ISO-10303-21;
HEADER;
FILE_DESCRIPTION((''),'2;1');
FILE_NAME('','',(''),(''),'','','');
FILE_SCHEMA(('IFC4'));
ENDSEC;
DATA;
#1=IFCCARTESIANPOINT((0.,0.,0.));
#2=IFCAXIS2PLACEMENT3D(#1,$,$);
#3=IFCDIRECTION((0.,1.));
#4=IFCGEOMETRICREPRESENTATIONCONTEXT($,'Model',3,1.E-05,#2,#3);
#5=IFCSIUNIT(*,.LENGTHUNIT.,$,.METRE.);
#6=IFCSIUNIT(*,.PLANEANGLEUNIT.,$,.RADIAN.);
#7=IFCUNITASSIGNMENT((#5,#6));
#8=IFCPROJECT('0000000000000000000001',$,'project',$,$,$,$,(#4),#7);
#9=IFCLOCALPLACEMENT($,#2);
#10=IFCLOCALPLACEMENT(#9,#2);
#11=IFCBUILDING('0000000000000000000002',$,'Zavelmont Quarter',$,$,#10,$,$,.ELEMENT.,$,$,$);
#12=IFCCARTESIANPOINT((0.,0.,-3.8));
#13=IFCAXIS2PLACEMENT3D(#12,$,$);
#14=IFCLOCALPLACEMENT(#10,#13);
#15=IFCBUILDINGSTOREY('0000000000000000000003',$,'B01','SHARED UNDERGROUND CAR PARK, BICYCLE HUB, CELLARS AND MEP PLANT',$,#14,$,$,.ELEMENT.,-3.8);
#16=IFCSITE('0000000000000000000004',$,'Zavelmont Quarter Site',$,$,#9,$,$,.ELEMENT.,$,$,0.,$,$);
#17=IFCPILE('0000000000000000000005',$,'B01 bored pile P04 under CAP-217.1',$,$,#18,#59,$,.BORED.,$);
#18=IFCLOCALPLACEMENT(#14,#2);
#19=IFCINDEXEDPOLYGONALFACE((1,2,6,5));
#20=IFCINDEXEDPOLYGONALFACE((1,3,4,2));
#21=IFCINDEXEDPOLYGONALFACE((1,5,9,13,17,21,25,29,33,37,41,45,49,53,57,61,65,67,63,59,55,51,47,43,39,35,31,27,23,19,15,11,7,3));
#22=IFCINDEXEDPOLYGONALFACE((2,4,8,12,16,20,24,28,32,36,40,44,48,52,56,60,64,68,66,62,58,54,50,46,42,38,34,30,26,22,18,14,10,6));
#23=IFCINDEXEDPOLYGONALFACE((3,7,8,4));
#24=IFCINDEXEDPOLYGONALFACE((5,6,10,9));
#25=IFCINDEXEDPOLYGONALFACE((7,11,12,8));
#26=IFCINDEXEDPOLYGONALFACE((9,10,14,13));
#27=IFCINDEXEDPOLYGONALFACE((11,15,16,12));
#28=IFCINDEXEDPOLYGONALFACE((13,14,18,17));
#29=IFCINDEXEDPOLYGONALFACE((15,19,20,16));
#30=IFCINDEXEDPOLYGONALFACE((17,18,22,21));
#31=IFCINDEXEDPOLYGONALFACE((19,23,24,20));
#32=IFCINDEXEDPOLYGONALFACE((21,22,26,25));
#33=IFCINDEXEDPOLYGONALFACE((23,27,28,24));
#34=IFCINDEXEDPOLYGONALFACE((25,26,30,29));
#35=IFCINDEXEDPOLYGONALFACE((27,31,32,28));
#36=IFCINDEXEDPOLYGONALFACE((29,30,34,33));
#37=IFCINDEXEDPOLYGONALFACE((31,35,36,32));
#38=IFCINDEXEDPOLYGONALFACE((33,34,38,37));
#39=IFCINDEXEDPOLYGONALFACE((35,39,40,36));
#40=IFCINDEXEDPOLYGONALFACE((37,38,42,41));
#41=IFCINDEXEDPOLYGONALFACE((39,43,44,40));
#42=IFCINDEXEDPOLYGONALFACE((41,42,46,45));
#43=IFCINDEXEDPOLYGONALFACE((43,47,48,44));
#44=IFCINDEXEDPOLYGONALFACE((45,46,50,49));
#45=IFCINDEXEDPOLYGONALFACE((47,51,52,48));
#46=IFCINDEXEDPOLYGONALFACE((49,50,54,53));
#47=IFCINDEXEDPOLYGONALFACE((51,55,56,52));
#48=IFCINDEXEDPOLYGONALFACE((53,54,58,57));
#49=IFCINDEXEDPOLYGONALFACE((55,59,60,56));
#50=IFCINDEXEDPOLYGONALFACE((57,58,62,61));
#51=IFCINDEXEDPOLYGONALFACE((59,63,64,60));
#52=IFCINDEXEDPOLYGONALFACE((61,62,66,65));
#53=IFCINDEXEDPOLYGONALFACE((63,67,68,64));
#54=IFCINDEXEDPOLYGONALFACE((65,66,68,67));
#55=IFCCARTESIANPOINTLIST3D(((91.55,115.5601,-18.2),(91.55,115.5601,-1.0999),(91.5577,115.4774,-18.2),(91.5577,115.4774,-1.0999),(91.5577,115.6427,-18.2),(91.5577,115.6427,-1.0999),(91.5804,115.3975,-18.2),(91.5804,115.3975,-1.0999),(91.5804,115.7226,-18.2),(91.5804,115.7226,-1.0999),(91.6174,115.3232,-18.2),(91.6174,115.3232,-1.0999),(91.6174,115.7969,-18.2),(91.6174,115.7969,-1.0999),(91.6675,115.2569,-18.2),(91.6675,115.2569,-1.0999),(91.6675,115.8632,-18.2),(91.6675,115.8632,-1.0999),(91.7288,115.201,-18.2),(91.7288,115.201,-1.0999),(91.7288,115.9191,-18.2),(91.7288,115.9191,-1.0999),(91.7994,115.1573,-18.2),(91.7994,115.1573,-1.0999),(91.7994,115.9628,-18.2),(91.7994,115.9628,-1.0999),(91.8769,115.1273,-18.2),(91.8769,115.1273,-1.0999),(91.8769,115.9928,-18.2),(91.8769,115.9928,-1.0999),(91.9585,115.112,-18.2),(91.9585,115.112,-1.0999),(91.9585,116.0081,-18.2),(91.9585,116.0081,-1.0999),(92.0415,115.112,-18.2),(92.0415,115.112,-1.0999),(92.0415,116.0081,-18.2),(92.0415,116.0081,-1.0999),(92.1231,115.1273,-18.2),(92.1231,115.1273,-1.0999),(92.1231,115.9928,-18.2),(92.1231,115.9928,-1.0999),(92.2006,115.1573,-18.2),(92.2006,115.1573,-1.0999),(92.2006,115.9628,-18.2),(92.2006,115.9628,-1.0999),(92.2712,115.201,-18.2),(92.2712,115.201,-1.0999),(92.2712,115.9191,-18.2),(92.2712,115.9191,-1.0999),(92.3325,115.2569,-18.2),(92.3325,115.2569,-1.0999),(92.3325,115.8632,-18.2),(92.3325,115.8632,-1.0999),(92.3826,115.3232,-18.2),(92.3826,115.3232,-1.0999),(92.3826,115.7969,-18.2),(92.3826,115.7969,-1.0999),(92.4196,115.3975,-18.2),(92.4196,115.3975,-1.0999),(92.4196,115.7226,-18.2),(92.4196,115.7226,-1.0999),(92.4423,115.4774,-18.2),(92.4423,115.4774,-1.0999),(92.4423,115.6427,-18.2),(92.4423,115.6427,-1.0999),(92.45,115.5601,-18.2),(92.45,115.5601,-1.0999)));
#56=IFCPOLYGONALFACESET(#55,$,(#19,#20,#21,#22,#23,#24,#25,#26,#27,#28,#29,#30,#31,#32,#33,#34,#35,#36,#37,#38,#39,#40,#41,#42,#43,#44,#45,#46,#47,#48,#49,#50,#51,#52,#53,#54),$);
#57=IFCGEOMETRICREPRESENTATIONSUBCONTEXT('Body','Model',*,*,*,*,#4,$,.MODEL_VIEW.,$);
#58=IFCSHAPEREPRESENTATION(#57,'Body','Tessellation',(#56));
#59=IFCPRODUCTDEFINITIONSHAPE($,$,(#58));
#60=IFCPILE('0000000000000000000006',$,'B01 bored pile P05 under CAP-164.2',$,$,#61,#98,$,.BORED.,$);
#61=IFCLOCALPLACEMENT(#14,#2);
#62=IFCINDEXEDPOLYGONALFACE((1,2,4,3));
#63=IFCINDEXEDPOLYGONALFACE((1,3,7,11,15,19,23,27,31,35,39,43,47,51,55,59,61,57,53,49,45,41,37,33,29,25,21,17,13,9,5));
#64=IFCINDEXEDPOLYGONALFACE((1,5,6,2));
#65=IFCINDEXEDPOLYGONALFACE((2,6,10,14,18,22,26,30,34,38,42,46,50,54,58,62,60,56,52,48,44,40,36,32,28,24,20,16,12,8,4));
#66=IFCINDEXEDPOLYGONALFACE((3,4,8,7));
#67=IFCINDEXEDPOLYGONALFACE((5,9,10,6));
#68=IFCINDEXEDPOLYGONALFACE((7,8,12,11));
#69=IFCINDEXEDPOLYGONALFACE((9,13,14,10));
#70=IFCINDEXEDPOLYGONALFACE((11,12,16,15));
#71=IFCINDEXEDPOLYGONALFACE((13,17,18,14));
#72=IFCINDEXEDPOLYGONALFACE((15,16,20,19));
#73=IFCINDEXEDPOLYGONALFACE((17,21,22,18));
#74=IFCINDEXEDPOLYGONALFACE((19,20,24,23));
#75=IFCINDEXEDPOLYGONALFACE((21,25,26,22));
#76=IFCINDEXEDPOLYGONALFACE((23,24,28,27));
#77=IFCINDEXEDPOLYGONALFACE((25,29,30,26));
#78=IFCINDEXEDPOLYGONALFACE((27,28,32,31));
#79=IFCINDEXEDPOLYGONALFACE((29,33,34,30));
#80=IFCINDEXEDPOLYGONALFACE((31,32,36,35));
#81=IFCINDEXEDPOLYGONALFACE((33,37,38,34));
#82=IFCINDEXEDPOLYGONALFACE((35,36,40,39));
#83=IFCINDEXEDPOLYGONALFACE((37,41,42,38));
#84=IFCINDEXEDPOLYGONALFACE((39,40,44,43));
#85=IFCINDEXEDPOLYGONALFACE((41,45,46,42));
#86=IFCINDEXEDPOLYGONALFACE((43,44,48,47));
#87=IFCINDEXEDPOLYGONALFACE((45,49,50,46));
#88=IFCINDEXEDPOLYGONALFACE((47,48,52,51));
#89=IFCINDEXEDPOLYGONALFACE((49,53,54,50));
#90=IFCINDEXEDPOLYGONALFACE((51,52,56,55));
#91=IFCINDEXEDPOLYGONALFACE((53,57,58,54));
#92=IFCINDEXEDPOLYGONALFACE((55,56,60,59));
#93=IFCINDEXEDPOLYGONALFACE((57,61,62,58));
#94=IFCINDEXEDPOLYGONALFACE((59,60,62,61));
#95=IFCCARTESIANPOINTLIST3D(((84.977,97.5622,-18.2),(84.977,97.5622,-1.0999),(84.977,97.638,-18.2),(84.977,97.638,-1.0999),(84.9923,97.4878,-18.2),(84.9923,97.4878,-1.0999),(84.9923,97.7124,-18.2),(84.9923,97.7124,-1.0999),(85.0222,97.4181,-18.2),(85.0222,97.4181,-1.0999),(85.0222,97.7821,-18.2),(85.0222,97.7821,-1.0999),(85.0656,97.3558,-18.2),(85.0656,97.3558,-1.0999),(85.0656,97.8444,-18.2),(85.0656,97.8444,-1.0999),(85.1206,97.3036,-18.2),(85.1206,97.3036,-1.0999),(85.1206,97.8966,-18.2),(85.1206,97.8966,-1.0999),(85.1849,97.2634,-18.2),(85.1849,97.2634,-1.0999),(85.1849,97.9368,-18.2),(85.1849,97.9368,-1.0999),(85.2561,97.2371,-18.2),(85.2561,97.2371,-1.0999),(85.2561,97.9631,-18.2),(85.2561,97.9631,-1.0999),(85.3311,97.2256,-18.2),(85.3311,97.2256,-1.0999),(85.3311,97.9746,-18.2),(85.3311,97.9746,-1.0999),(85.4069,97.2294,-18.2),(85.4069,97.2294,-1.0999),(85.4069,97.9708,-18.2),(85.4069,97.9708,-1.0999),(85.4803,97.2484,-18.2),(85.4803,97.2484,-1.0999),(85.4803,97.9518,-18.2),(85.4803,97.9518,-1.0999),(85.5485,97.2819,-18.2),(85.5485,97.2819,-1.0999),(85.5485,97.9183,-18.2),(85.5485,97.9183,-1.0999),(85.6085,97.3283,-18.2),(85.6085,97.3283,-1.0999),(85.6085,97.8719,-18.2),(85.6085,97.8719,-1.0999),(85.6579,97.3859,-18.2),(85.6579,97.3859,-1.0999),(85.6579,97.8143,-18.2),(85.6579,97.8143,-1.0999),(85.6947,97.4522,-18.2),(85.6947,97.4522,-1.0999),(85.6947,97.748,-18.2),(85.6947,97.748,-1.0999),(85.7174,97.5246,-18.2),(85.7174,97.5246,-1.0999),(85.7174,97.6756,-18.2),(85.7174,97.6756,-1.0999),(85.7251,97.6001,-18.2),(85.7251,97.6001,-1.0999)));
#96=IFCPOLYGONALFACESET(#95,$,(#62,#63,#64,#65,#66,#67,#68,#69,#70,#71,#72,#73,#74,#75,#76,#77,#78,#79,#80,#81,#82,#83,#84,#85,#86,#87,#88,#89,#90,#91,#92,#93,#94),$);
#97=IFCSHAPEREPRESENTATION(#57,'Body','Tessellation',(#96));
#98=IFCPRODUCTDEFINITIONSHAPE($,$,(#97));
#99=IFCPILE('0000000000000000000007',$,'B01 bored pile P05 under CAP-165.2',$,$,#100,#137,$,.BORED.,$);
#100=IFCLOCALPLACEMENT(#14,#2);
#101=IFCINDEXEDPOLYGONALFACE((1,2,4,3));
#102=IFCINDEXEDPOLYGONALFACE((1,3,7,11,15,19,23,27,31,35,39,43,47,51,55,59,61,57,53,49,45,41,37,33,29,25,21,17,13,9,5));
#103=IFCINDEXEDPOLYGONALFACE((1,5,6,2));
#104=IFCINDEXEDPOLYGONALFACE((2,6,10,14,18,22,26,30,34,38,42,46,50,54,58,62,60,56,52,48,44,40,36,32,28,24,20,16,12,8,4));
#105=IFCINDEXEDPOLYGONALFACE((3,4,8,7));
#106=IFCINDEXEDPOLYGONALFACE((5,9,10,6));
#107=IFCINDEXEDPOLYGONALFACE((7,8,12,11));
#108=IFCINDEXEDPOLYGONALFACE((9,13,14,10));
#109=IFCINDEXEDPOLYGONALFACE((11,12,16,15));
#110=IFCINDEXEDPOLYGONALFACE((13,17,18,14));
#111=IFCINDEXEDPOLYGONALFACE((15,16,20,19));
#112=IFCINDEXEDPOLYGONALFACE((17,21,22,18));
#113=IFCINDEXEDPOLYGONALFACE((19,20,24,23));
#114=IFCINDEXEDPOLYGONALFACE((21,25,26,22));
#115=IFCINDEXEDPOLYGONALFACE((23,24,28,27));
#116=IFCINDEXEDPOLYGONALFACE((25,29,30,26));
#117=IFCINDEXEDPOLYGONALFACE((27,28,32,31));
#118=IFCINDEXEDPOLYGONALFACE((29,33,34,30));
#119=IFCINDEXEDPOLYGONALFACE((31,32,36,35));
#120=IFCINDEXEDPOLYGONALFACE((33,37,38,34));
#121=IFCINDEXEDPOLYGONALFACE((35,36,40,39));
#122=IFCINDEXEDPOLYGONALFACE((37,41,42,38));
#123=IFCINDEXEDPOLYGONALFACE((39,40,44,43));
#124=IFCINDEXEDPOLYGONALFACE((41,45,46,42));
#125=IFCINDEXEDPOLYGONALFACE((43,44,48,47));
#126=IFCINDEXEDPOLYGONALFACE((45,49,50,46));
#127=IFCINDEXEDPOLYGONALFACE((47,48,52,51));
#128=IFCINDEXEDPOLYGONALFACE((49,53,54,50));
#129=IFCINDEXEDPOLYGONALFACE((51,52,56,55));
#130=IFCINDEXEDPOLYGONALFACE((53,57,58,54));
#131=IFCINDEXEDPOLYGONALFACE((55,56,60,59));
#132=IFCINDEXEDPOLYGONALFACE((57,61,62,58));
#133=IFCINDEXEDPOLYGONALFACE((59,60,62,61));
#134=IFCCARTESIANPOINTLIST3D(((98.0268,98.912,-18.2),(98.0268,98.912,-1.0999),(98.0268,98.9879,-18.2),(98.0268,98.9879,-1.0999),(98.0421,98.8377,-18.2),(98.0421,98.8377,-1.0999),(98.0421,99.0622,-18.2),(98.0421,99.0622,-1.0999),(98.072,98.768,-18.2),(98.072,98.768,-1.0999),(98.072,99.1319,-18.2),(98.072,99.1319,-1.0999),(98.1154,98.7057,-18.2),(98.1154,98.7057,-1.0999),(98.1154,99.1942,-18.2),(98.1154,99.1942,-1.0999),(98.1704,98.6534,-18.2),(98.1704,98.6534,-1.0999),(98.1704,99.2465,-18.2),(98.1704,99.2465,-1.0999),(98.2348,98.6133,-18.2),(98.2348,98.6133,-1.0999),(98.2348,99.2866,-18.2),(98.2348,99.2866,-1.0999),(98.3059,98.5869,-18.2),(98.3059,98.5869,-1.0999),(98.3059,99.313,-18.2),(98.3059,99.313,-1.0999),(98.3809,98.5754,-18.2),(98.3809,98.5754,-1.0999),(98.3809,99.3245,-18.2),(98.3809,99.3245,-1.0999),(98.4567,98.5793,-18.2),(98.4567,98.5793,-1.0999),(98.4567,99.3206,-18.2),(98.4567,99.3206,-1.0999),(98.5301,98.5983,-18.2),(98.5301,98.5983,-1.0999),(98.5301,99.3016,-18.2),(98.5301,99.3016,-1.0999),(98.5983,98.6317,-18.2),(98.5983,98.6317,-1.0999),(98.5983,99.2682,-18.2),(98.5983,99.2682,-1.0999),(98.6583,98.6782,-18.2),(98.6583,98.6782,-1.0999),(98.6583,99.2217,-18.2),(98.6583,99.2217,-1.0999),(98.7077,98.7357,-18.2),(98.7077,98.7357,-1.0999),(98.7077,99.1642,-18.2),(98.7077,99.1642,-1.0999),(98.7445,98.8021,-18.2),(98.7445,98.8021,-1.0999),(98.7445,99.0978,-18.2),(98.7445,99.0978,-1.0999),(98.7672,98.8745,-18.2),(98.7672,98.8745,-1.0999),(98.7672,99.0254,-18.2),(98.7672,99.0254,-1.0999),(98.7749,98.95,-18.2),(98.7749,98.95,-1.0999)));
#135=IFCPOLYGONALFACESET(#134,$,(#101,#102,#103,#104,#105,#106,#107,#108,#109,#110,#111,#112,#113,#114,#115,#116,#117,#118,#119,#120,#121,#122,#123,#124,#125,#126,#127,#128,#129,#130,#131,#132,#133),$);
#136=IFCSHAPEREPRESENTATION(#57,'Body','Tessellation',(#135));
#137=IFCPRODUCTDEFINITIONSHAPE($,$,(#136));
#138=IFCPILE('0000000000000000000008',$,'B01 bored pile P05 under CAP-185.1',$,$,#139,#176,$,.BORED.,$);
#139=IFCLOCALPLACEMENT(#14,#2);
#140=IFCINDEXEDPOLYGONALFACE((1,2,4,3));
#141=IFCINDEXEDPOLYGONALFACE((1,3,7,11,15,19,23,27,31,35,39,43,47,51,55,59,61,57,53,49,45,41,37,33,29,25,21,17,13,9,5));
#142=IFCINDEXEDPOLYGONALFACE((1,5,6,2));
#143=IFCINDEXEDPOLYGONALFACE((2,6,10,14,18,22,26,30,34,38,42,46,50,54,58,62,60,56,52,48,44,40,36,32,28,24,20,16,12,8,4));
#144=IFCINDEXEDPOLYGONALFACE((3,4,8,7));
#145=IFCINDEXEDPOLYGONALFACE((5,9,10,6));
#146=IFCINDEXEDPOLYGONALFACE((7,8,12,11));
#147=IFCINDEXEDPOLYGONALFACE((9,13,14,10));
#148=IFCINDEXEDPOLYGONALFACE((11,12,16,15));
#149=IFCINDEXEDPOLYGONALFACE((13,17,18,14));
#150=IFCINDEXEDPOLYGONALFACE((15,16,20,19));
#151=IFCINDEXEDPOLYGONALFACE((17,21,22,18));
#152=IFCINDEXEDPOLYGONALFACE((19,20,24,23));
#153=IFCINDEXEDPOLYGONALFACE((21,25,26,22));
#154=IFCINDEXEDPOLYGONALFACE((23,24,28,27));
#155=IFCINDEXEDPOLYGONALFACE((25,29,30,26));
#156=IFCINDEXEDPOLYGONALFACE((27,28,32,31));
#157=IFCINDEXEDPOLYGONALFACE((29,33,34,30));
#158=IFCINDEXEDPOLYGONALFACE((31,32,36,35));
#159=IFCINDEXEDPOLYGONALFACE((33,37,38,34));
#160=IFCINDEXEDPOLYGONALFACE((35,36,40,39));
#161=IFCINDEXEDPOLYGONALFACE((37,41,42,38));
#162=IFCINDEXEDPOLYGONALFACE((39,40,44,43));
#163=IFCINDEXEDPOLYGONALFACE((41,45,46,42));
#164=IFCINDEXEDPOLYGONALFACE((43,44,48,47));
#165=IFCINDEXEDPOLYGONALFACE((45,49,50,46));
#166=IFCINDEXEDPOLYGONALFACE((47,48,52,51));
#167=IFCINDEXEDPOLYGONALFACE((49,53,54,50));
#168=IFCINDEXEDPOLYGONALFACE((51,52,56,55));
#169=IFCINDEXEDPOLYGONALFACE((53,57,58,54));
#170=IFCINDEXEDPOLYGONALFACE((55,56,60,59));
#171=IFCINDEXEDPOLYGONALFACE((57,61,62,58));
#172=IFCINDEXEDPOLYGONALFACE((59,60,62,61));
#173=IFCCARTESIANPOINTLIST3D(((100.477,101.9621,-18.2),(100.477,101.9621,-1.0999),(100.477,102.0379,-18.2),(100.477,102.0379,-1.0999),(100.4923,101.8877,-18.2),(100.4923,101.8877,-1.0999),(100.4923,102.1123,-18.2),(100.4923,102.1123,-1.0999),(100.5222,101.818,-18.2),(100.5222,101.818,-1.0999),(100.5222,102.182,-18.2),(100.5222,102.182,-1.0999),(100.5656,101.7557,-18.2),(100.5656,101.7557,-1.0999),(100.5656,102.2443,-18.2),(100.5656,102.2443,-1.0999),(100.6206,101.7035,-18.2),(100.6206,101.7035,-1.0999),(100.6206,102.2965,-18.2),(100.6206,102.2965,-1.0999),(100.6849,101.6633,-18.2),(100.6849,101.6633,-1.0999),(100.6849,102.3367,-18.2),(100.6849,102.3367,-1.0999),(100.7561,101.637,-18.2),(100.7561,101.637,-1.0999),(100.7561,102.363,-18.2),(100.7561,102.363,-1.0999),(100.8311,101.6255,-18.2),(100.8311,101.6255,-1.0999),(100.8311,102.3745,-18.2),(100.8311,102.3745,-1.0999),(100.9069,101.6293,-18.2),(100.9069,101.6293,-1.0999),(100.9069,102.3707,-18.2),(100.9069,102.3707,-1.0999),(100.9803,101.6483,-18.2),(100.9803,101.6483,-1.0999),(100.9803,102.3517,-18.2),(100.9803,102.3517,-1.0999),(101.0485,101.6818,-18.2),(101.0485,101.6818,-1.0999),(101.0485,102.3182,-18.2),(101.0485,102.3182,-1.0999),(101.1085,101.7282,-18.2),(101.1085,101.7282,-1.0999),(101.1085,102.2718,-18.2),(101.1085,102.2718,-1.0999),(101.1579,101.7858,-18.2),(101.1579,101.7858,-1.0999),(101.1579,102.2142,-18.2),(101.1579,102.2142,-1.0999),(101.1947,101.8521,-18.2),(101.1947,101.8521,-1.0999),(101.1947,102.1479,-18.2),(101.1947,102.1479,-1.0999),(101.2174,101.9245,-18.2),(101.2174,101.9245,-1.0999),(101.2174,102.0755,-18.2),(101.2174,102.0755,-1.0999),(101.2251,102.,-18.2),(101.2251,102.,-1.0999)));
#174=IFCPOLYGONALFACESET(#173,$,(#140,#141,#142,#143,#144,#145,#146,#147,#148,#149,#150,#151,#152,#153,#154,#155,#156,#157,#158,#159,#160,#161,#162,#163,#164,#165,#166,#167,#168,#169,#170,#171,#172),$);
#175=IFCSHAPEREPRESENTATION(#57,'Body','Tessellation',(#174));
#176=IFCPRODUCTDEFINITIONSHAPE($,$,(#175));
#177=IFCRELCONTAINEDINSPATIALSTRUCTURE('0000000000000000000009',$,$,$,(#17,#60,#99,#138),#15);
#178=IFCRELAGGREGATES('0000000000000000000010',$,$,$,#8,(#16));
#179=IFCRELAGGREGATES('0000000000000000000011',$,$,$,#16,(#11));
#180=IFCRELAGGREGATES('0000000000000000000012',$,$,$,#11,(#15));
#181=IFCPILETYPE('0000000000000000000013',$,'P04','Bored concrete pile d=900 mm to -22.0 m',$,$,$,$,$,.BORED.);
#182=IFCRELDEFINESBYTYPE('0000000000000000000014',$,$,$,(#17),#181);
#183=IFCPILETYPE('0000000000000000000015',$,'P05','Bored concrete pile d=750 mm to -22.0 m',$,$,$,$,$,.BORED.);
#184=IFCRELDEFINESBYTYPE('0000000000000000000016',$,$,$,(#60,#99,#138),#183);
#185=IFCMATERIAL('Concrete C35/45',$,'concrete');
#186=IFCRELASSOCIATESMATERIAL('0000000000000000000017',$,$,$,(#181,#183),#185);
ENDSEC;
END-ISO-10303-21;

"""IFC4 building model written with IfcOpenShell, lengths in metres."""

from ifc_helpers import new_model, si_unit, direction, frame, origin, origin_2d, place, context, subcontext, project, spatial, circle, extrude, material, material_profile, profile_set, type_object, element, save


model = new_model("IFC4")

# Units and contexts
model_context = context("Model", 3, precision=1e-05, world=origin(), true_north=direction((0.0, 1.0)))
body_context = subcontext(model_context, "Body", "Model", "MODEL_VIEW")
ifc_project = project(units=[si_unit("LENGTHUNIT", "METRE"), si_unit("PLANEANGLEUNIT", "RADIAN")], contexts=[model_context])

# Site, building, storey
site_placement = place(None, origin())
site = spatial("IfcSite", under=ifc_project, at=site_placement, Name="Zavelmont Quarter Site", CompositionType="ELEMENT", RefElevation=0.0)
building_placement = place(site_placement, origin())
building = spatial("IfcBuilding", under=site, at=building_placement, Name="Zavelmont Quarter", CompositionType="ELEMENT")
storey_placement = place(building_placement, frame((0.0, 0.0, -3.8)))
storey = spatial("IfcBuildingStorey", under=building, at=storey_placement, Name="B01", Description="SHARED UNDERGROUND CAR PARK, BICYCLE HUB, CELLARS AND MEP PLANT", CompositionType="ELEMENT", Elevation=-3.8)

# Shared definitions
ifc_material_1 = material(Name="Concrete C35/45", Category="concrete")

# Piles
ifc_material_profile_1 = material_profile(ifc_material_1, circle(Radius=0.45, at=origin_2d()), Name="BP900")
ifc_profile_set_1 = profile_set([ifc_material_profile_1], Name="Concrete C35/45")
pile_type_1 = type_object("IfcPileType", Name="P04", Description="Bored concrete pile d=900 mm to -22.0 m", PredefinedType="BORED", material=ifc_profile_set_1)
for number, where, z_axis, x_axis, name in (
    (1, (92.0, 115.5601, -1.0999), (0.0, 0.0, -1.0), (1.0, 0.0, 0.0), "B01 bored pile P04 under CAP-217.1"),
):
    element("IfcPile", number, at=place(storey_placement, frame(where, z_axis=z_axis, x_axis=x_axis)), inside=storey, type_object=pile_type_1, Name=name, PredefinedType="BORED", context=body_context, shape_type="SweptSolid", body=[
        extrude(circle(Radius=0.45, at=origin_2d()), origin(), (0.0, 0.0, 1.0), 17.1001),
    ])
ifc_material_profile_2 = material_profile(ifc_material_1, circle(Radius=0.375, at=origin_2d()), Name="BP750")
ifc_profile_set_2 = profile_set([ifc_material_profile_2], Name="Concrete C35/45")
pile_type_2 = type_object("IfcPileType", Name="P05", Description="Bored concrete pile d=750 mm to -22.0 m", PredefinedType="BORED", material=ifc_profile_set_2)
for number, where, z_axis, x_axis, name in (
    (2, (85.3501, 97.6001, -1.0999), (0.0, 0.0, -1.0), (1.0, 0.0, 0.0), "B01 bored pile P05 under CAP-164.2"),
    (3, (98.3999, 98.95, -1.0999), (0.0, 0.0, -1.0), (1.0, 0.0, 0.0), "B01 bored pile P05 under CAP-165.2"),
    (4, (100.8501, 102.0, -1.0999), (0.0, 0.0, -1.0), (1.0, 0.0, 0.0), "B01 bored pile P05 under CAP-185.1"),
):
    element("IfcPile", number, at=place(storey_placement, frame(where, z_axis=z_axis, x_axis=x_axis)), inside=storey, type_object=pile_type_2, Name=name, PredefinedType="BORED", context=body_context, shape_type="SweptSolid", body=[
        extrude(circle(Radius=0.375, at=origin_2d()), origin(), (0.0, 0.0, 1.0), 17.1001),
    ])

save(model, "model.ifc")
